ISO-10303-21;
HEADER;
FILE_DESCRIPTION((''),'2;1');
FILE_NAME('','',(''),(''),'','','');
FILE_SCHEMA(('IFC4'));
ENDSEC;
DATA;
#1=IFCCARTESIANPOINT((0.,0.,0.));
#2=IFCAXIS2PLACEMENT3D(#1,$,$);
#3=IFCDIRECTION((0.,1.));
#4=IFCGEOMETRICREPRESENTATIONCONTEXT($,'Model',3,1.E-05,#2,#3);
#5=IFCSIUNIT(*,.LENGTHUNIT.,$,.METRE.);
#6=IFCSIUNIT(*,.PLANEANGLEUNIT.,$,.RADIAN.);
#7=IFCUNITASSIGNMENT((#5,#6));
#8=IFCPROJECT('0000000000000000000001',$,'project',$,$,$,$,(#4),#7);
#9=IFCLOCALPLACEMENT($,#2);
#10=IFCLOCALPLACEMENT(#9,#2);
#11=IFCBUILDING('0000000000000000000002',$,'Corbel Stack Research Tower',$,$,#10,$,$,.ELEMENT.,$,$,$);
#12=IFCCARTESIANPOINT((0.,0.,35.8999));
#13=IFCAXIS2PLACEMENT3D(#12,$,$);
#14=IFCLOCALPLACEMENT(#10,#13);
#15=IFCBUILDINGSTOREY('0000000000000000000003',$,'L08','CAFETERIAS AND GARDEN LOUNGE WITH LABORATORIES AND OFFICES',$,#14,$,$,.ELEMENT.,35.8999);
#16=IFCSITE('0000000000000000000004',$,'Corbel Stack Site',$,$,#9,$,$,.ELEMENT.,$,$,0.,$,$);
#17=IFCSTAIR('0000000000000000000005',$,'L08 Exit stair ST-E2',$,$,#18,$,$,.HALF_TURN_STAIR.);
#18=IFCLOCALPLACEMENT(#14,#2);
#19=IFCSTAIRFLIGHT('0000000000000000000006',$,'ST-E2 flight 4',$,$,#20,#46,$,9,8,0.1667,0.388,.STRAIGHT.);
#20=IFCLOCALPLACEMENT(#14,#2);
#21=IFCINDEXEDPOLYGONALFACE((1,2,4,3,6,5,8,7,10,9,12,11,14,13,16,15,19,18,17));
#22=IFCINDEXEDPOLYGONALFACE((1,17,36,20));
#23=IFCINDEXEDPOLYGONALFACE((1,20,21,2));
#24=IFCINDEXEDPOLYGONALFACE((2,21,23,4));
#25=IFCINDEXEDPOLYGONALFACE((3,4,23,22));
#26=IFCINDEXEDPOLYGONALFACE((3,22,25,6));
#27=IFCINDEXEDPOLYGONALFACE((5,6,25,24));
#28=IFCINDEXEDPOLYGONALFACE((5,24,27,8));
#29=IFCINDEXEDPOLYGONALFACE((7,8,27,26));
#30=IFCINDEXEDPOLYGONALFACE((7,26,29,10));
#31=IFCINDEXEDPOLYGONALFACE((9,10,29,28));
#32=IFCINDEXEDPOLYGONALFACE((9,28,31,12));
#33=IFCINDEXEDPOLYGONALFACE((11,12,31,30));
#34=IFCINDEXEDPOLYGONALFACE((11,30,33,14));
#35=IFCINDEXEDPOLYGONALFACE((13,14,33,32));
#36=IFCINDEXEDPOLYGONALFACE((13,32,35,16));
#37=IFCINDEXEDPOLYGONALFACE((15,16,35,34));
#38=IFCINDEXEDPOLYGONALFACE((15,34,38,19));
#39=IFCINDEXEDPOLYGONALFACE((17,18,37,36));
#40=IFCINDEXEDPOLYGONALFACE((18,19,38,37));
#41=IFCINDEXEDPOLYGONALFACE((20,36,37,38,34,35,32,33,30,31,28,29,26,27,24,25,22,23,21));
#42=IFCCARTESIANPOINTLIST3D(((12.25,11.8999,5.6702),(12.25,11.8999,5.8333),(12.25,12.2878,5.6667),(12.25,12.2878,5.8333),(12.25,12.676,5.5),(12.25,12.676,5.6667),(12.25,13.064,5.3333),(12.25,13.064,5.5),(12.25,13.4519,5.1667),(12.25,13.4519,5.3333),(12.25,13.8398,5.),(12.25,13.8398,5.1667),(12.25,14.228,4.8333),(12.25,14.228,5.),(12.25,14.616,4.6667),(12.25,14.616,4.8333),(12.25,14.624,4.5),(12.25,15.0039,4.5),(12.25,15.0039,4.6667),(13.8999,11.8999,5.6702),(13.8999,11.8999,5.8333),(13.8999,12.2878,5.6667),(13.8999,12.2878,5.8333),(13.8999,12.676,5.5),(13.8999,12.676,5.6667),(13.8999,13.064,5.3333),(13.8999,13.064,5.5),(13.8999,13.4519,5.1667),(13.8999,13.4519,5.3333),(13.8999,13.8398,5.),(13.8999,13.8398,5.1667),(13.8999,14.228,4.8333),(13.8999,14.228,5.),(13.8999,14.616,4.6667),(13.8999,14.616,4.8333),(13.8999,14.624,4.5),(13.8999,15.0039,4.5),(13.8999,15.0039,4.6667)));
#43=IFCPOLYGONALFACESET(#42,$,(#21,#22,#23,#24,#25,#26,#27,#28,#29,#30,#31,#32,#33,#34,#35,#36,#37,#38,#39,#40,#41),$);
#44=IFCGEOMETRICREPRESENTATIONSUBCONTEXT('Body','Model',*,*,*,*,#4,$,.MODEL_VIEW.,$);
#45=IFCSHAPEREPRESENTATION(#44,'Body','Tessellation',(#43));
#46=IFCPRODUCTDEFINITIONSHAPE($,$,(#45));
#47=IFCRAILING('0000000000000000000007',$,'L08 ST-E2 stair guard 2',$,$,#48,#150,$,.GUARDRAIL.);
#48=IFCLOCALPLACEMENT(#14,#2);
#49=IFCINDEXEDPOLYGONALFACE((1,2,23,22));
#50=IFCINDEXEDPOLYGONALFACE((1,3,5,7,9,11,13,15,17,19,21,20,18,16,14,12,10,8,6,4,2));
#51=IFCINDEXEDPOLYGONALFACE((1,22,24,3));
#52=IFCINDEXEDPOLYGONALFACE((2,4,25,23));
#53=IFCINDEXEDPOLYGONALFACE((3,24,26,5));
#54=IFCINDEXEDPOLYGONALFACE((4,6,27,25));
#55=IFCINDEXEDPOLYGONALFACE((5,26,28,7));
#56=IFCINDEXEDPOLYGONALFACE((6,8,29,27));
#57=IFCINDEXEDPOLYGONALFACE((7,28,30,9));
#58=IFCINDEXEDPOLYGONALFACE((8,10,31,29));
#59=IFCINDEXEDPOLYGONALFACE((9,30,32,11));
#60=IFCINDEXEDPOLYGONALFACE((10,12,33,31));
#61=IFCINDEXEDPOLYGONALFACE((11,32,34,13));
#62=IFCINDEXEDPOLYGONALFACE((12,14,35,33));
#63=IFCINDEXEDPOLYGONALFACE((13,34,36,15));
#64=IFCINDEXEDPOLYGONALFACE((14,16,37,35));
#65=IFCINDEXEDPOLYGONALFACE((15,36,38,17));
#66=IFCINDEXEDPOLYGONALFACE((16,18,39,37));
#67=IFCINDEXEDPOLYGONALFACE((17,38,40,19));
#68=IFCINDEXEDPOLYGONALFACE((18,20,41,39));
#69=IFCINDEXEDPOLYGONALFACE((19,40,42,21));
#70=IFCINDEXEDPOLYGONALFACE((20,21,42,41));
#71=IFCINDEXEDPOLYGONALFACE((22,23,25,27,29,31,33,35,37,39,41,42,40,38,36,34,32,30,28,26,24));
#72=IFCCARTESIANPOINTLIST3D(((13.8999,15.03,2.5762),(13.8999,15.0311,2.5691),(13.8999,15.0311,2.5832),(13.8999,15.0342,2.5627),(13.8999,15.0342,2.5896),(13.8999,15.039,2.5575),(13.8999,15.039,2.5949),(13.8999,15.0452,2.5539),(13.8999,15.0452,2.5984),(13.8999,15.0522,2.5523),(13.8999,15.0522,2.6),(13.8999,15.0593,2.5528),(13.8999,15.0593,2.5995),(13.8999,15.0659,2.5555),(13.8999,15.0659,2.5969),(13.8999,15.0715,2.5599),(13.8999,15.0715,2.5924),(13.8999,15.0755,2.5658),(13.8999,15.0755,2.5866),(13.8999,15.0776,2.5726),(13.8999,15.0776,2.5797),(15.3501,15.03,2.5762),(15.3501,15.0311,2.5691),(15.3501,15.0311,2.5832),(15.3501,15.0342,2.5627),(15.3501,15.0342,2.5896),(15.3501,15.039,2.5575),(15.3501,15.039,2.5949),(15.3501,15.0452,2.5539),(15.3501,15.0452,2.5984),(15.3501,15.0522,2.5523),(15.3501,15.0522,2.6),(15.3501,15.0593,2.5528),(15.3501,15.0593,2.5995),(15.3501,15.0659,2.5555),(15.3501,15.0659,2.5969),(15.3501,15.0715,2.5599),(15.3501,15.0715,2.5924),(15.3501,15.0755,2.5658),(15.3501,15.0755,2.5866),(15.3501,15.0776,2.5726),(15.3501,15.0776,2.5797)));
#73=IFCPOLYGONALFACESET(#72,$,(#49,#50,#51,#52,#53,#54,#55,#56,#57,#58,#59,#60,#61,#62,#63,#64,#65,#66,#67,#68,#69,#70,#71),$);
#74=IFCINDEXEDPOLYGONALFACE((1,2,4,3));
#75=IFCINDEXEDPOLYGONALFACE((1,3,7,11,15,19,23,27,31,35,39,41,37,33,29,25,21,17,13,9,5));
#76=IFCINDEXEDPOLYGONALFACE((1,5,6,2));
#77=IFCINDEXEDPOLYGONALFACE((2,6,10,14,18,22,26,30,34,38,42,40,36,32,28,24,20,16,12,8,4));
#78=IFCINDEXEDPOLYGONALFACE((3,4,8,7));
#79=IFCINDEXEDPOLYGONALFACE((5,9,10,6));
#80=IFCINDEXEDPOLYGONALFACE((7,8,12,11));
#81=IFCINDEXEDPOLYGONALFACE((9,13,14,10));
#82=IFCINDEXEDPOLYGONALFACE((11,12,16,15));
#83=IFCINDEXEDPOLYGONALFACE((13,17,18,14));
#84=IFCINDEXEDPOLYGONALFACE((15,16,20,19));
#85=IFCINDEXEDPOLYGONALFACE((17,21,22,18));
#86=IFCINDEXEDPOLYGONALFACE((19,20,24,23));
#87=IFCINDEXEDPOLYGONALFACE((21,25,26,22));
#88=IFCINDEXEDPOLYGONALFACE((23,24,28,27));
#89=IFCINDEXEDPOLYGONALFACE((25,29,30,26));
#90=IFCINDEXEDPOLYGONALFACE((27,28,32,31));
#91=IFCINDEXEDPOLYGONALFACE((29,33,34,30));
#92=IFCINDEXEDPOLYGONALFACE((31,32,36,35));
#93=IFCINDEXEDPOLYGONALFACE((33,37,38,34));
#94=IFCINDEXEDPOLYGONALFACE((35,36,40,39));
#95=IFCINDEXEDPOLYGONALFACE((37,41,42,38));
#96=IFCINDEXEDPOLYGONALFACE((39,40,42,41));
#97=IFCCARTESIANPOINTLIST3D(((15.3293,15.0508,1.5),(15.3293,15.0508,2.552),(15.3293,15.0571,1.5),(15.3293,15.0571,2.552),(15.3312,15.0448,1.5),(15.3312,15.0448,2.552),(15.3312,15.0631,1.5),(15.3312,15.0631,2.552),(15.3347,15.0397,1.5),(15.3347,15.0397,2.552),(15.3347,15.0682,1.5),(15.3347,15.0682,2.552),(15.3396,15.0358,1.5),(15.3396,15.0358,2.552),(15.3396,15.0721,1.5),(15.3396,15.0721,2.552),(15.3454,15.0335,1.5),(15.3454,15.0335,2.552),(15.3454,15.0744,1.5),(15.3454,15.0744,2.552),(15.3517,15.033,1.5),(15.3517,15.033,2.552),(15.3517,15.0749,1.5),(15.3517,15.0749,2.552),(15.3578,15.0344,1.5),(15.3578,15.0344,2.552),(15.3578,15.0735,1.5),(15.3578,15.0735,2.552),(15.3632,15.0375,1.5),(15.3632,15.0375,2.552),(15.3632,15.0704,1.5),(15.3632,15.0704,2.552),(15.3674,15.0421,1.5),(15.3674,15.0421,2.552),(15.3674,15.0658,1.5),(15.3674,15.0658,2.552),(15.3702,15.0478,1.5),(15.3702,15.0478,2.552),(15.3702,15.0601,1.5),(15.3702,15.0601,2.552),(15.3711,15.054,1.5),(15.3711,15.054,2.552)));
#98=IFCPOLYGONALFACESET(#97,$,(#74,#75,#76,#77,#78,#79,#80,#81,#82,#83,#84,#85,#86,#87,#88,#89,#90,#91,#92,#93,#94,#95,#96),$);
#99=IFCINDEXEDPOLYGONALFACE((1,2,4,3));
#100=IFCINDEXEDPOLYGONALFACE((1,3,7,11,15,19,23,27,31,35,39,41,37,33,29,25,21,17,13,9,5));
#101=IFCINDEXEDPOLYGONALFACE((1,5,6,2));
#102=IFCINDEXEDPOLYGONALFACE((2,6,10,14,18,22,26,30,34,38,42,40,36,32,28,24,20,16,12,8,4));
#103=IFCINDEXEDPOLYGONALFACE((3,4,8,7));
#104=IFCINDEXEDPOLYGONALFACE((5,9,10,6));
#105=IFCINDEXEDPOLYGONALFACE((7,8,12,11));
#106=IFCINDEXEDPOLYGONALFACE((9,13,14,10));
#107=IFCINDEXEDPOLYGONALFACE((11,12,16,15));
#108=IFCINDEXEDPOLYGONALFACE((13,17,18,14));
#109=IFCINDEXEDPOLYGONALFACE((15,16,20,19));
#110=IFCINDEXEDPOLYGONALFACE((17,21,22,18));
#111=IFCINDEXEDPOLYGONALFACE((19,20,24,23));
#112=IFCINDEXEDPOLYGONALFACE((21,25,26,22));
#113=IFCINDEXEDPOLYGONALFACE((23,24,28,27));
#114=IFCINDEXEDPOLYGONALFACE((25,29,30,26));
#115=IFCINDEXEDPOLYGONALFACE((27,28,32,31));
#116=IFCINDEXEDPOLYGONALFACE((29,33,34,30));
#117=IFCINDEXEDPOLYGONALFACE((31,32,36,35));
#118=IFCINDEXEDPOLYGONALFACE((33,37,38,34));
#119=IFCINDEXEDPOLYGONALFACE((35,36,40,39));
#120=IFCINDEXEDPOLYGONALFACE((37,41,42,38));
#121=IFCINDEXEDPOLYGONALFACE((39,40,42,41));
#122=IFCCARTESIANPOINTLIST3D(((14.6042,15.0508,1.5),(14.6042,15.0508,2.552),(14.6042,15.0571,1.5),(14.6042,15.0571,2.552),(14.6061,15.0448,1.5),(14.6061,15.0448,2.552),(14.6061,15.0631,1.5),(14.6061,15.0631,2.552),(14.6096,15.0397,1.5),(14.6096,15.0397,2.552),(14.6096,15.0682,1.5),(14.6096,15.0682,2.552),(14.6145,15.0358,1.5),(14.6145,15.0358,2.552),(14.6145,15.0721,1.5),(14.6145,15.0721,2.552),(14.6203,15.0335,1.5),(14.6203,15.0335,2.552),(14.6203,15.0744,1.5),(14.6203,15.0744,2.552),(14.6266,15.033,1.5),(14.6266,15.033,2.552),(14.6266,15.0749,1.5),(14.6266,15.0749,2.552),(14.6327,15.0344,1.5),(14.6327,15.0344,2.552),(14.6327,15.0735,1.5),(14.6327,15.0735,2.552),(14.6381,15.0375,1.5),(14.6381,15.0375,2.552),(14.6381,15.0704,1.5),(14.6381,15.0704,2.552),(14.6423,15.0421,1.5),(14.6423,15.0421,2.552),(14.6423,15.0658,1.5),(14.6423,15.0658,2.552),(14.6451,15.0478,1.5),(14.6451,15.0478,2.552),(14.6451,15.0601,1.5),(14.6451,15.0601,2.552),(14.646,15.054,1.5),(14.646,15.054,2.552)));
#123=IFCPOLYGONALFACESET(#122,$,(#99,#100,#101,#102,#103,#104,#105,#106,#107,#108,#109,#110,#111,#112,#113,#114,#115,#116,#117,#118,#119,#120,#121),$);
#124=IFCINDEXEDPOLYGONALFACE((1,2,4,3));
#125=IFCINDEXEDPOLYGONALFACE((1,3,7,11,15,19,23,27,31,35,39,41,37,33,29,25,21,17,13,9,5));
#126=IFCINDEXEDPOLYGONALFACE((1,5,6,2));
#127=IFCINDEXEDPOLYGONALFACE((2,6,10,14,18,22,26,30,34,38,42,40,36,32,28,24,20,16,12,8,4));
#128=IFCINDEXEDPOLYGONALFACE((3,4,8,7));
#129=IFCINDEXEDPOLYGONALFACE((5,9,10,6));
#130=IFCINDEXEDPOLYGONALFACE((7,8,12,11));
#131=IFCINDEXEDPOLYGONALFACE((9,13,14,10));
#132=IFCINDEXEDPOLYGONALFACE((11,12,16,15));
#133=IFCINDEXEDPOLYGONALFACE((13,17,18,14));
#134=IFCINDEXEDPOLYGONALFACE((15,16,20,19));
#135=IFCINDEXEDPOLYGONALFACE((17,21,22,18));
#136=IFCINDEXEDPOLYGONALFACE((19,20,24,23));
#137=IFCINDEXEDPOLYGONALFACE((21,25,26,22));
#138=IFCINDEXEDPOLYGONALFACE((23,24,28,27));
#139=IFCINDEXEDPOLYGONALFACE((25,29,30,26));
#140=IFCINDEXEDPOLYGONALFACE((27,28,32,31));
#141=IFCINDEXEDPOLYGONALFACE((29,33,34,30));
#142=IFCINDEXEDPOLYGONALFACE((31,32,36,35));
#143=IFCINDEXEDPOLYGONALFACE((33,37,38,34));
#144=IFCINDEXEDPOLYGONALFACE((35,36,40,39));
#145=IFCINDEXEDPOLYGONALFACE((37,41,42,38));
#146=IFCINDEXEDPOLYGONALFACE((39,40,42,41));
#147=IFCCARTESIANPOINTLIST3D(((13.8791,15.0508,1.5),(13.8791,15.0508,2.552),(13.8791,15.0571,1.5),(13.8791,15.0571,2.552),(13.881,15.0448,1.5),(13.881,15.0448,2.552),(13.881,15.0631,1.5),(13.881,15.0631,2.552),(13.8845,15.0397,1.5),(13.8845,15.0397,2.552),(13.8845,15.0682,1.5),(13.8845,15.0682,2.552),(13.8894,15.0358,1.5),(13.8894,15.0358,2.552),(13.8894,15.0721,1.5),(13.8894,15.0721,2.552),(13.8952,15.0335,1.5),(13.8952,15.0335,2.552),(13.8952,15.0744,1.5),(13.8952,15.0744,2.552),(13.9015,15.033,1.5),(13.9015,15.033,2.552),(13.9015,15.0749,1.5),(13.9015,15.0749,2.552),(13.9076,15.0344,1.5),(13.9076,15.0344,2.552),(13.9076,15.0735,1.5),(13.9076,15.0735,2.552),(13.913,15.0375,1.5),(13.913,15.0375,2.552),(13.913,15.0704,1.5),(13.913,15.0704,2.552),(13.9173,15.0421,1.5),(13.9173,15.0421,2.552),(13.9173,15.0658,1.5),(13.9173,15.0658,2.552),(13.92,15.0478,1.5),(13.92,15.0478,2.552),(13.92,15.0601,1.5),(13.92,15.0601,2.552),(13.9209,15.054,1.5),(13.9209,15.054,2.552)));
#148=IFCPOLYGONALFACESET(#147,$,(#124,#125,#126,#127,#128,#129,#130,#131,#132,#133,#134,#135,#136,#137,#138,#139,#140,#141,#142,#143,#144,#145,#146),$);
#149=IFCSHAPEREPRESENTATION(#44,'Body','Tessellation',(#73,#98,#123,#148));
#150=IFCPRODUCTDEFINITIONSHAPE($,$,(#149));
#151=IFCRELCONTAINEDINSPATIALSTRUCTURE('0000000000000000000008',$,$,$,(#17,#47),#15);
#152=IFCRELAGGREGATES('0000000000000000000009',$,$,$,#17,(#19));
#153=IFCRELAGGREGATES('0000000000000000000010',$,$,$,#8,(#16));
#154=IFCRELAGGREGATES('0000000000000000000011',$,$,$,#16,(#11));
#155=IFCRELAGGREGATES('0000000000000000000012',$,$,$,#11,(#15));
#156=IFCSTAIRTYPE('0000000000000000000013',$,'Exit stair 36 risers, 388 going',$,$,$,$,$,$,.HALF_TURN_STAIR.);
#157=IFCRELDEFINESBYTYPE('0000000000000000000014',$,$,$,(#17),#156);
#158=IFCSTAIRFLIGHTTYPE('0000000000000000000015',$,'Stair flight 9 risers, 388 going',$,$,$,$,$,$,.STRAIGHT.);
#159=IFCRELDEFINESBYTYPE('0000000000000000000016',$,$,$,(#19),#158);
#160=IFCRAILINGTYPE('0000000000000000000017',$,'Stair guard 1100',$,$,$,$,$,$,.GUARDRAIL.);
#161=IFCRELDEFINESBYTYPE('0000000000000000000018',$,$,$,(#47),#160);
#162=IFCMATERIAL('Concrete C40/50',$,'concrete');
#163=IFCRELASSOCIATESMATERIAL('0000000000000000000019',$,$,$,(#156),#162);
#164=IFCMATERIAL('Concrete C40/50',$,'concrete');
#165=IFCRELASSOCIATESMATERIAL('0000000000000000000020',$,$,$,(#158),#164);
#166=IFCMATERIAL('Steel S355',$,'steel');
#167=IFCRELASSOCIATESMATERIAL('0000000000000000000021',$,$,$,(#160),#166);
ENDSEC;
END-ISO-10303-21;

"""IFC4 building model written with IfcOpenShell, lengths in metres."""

from ifc_helpers import new_model, si_unit, direction, frame, origin, origin_2d, place, context, subcontext, project, spatial, polyline, circle, outline, extrude, material, type_object, element, aggregate, save


model = new_model("IFC4")

# Units and contexts
model_context = context("Model", 3, precision=1e-05, world=origin(), true_north=direction((0.0, 1.0)))
body_context = subcontext(model_context, "Body", "Model", "MODEL_VIEW")
ifc_project = project(units=[si_unit("LENGTHUNIT", "METRE"), si_unit("PLANEANGLEUNIT", "RADIAN")], contexts=[model_context])

# Site, building, storey
site_placement = place(None, origin())
site = spatial("IfcSite", under=ifc_project, at=site_placement, Name="Corbel Stack Site", CompositionType="ELEMENT", RefElevation=0.0)
building_placement = place(site_placement, origin())
building = spatial("IfcBuilding", under=site, at=building_placement, Name="Corbel Stack Research Tower", CompositionType="ELEMENT")
storey_placement = place(building_placement, frame((0.0, 0.0, 35.8999)))
storey = spatial("IfcBuildingStorey", under=building, at=storey_placement, Name="L08", Description="CAFETERIAS AND GARDEN LOUNGE WITH LABORATORIES AND OFFICES", CompositionType="ELEMENT", Elevation=35.8999)

# Stair, stair flight
ifc_material_1 = material(Name="Concrete C40/50", Category="concrete")
stair_type = type_object("IfcStairType", Name="Exit stair 36 risers, 388 going", PredefinedType="HALF_TURN_STAIR", material=ifc_material_1)
stair_placement = place(storey_placement, origin())
stair = element("IfcStair", 1, at=stair_placement, inside=storey, type_object=stair_type, Name="L08 Exit stair ST-E2", PredefinedType="HALF_TURN_STAIR")
ifc_material_2 = material(Name="Concrete C40/50", Category="concrete")
stair_flight_type = type_object("IfcStairFlightType", Name="Stair flight 9 risers, 388 going", PredefinedType="STRAIGHT", material=ifc_material_2)
stair_flight_1_placement = place(storey_placement, frame((13.075, 15.0039, 4.5), z_axis=(0.0, 0.0, 1.0), x_axis=(0.0, -1.0, 0.0)))
stair_flight_1 = element("IfcStairFlight", 2, at=stair_flight_1_placement, type_object=stair_flight_type, Name="ST-E2 flight 4", NumberOfRisers=9, NumberOfTreads=8, PredefinedType="STRAIGHT", RiserHeight=0.1667, TreadLength=0.388, context=body_context, shape_type="SweptSolid", body=[
    extrude(outline(polyline([(0.0, 0.0), (0.0, 0.1667), (0.3879, 0.1667), (0.3879, 0.3333), (0.7759, 0.3333), (0.7759, 0.5), (1.1641, 0.5), (1.1641, 0.6667), (1.552, 0.6667), (1.552, 0.8333), (1.9399, 0.8333), (1.9399, 1.0), (2.3279, 1.0), (2.3279, 1.1667), (2.7161, 1.1667), (2.7161, 1.3333), (3.104, 1.3333), (3.104, 1.5), (3.104, 1.1702), (0.3799, 0.0), (0.0, 0.0)])), frame((0.0, 0.825, 0.0), z_axis=(0.0, -1.0, 0.0), x_axis=(1.0, 0.0, 0.0)), (0.0, 0.0, 1.0), 1.6499),
])
aggregate(stair, [stair_flight_1])

# Railing
ifc_material_3 = material(Name="Steel S355", Category="steel")
railing_type_1 = type_object("IfcRailingType", Name="Stair guard 1100", PredefinedType="GUARDRAIL", material=ifc_material_3)
railing_1_placement = place(storey_placement, frame((15.3501, 15.054, 1.5)))
element("IfcRailing", 3, at=railing_1_placement, inside=storey, type_object=railing_type_1, Name="L08 ST-E2 stair guard 2", PredefinedType="GUARDRAIL", context=body_context, shape_type="SweptSolid", body=[
    extrude(circle(Radius=0.0239, at=origin_2d()), frame((0.0, 0.0, 1.0762), z_axis=(-1.0, 0.0, 0.0), x_axis=(0.0, -1.0, 0.0)), (0.0, 0.0, 1.0), 1.4502),
    extrude(circle(Radius=0.021, at=origin_2d()), origin(), (0.0, 0.0, 1.0), 1.052),
    extrude(circle(Radius=0.021, at=origin_2d()), frame((-0.7251, 0.0, 0.0)), (0.0, 0.0, 1.0), 1.052),
    extrude(circle(Radius=0.021, at=origin_2d()), frame((-1.4502, 0.0, 0.0)), (0.0, 0.0, 1.0), 1.052),
])

save(model, "model.ifc")
